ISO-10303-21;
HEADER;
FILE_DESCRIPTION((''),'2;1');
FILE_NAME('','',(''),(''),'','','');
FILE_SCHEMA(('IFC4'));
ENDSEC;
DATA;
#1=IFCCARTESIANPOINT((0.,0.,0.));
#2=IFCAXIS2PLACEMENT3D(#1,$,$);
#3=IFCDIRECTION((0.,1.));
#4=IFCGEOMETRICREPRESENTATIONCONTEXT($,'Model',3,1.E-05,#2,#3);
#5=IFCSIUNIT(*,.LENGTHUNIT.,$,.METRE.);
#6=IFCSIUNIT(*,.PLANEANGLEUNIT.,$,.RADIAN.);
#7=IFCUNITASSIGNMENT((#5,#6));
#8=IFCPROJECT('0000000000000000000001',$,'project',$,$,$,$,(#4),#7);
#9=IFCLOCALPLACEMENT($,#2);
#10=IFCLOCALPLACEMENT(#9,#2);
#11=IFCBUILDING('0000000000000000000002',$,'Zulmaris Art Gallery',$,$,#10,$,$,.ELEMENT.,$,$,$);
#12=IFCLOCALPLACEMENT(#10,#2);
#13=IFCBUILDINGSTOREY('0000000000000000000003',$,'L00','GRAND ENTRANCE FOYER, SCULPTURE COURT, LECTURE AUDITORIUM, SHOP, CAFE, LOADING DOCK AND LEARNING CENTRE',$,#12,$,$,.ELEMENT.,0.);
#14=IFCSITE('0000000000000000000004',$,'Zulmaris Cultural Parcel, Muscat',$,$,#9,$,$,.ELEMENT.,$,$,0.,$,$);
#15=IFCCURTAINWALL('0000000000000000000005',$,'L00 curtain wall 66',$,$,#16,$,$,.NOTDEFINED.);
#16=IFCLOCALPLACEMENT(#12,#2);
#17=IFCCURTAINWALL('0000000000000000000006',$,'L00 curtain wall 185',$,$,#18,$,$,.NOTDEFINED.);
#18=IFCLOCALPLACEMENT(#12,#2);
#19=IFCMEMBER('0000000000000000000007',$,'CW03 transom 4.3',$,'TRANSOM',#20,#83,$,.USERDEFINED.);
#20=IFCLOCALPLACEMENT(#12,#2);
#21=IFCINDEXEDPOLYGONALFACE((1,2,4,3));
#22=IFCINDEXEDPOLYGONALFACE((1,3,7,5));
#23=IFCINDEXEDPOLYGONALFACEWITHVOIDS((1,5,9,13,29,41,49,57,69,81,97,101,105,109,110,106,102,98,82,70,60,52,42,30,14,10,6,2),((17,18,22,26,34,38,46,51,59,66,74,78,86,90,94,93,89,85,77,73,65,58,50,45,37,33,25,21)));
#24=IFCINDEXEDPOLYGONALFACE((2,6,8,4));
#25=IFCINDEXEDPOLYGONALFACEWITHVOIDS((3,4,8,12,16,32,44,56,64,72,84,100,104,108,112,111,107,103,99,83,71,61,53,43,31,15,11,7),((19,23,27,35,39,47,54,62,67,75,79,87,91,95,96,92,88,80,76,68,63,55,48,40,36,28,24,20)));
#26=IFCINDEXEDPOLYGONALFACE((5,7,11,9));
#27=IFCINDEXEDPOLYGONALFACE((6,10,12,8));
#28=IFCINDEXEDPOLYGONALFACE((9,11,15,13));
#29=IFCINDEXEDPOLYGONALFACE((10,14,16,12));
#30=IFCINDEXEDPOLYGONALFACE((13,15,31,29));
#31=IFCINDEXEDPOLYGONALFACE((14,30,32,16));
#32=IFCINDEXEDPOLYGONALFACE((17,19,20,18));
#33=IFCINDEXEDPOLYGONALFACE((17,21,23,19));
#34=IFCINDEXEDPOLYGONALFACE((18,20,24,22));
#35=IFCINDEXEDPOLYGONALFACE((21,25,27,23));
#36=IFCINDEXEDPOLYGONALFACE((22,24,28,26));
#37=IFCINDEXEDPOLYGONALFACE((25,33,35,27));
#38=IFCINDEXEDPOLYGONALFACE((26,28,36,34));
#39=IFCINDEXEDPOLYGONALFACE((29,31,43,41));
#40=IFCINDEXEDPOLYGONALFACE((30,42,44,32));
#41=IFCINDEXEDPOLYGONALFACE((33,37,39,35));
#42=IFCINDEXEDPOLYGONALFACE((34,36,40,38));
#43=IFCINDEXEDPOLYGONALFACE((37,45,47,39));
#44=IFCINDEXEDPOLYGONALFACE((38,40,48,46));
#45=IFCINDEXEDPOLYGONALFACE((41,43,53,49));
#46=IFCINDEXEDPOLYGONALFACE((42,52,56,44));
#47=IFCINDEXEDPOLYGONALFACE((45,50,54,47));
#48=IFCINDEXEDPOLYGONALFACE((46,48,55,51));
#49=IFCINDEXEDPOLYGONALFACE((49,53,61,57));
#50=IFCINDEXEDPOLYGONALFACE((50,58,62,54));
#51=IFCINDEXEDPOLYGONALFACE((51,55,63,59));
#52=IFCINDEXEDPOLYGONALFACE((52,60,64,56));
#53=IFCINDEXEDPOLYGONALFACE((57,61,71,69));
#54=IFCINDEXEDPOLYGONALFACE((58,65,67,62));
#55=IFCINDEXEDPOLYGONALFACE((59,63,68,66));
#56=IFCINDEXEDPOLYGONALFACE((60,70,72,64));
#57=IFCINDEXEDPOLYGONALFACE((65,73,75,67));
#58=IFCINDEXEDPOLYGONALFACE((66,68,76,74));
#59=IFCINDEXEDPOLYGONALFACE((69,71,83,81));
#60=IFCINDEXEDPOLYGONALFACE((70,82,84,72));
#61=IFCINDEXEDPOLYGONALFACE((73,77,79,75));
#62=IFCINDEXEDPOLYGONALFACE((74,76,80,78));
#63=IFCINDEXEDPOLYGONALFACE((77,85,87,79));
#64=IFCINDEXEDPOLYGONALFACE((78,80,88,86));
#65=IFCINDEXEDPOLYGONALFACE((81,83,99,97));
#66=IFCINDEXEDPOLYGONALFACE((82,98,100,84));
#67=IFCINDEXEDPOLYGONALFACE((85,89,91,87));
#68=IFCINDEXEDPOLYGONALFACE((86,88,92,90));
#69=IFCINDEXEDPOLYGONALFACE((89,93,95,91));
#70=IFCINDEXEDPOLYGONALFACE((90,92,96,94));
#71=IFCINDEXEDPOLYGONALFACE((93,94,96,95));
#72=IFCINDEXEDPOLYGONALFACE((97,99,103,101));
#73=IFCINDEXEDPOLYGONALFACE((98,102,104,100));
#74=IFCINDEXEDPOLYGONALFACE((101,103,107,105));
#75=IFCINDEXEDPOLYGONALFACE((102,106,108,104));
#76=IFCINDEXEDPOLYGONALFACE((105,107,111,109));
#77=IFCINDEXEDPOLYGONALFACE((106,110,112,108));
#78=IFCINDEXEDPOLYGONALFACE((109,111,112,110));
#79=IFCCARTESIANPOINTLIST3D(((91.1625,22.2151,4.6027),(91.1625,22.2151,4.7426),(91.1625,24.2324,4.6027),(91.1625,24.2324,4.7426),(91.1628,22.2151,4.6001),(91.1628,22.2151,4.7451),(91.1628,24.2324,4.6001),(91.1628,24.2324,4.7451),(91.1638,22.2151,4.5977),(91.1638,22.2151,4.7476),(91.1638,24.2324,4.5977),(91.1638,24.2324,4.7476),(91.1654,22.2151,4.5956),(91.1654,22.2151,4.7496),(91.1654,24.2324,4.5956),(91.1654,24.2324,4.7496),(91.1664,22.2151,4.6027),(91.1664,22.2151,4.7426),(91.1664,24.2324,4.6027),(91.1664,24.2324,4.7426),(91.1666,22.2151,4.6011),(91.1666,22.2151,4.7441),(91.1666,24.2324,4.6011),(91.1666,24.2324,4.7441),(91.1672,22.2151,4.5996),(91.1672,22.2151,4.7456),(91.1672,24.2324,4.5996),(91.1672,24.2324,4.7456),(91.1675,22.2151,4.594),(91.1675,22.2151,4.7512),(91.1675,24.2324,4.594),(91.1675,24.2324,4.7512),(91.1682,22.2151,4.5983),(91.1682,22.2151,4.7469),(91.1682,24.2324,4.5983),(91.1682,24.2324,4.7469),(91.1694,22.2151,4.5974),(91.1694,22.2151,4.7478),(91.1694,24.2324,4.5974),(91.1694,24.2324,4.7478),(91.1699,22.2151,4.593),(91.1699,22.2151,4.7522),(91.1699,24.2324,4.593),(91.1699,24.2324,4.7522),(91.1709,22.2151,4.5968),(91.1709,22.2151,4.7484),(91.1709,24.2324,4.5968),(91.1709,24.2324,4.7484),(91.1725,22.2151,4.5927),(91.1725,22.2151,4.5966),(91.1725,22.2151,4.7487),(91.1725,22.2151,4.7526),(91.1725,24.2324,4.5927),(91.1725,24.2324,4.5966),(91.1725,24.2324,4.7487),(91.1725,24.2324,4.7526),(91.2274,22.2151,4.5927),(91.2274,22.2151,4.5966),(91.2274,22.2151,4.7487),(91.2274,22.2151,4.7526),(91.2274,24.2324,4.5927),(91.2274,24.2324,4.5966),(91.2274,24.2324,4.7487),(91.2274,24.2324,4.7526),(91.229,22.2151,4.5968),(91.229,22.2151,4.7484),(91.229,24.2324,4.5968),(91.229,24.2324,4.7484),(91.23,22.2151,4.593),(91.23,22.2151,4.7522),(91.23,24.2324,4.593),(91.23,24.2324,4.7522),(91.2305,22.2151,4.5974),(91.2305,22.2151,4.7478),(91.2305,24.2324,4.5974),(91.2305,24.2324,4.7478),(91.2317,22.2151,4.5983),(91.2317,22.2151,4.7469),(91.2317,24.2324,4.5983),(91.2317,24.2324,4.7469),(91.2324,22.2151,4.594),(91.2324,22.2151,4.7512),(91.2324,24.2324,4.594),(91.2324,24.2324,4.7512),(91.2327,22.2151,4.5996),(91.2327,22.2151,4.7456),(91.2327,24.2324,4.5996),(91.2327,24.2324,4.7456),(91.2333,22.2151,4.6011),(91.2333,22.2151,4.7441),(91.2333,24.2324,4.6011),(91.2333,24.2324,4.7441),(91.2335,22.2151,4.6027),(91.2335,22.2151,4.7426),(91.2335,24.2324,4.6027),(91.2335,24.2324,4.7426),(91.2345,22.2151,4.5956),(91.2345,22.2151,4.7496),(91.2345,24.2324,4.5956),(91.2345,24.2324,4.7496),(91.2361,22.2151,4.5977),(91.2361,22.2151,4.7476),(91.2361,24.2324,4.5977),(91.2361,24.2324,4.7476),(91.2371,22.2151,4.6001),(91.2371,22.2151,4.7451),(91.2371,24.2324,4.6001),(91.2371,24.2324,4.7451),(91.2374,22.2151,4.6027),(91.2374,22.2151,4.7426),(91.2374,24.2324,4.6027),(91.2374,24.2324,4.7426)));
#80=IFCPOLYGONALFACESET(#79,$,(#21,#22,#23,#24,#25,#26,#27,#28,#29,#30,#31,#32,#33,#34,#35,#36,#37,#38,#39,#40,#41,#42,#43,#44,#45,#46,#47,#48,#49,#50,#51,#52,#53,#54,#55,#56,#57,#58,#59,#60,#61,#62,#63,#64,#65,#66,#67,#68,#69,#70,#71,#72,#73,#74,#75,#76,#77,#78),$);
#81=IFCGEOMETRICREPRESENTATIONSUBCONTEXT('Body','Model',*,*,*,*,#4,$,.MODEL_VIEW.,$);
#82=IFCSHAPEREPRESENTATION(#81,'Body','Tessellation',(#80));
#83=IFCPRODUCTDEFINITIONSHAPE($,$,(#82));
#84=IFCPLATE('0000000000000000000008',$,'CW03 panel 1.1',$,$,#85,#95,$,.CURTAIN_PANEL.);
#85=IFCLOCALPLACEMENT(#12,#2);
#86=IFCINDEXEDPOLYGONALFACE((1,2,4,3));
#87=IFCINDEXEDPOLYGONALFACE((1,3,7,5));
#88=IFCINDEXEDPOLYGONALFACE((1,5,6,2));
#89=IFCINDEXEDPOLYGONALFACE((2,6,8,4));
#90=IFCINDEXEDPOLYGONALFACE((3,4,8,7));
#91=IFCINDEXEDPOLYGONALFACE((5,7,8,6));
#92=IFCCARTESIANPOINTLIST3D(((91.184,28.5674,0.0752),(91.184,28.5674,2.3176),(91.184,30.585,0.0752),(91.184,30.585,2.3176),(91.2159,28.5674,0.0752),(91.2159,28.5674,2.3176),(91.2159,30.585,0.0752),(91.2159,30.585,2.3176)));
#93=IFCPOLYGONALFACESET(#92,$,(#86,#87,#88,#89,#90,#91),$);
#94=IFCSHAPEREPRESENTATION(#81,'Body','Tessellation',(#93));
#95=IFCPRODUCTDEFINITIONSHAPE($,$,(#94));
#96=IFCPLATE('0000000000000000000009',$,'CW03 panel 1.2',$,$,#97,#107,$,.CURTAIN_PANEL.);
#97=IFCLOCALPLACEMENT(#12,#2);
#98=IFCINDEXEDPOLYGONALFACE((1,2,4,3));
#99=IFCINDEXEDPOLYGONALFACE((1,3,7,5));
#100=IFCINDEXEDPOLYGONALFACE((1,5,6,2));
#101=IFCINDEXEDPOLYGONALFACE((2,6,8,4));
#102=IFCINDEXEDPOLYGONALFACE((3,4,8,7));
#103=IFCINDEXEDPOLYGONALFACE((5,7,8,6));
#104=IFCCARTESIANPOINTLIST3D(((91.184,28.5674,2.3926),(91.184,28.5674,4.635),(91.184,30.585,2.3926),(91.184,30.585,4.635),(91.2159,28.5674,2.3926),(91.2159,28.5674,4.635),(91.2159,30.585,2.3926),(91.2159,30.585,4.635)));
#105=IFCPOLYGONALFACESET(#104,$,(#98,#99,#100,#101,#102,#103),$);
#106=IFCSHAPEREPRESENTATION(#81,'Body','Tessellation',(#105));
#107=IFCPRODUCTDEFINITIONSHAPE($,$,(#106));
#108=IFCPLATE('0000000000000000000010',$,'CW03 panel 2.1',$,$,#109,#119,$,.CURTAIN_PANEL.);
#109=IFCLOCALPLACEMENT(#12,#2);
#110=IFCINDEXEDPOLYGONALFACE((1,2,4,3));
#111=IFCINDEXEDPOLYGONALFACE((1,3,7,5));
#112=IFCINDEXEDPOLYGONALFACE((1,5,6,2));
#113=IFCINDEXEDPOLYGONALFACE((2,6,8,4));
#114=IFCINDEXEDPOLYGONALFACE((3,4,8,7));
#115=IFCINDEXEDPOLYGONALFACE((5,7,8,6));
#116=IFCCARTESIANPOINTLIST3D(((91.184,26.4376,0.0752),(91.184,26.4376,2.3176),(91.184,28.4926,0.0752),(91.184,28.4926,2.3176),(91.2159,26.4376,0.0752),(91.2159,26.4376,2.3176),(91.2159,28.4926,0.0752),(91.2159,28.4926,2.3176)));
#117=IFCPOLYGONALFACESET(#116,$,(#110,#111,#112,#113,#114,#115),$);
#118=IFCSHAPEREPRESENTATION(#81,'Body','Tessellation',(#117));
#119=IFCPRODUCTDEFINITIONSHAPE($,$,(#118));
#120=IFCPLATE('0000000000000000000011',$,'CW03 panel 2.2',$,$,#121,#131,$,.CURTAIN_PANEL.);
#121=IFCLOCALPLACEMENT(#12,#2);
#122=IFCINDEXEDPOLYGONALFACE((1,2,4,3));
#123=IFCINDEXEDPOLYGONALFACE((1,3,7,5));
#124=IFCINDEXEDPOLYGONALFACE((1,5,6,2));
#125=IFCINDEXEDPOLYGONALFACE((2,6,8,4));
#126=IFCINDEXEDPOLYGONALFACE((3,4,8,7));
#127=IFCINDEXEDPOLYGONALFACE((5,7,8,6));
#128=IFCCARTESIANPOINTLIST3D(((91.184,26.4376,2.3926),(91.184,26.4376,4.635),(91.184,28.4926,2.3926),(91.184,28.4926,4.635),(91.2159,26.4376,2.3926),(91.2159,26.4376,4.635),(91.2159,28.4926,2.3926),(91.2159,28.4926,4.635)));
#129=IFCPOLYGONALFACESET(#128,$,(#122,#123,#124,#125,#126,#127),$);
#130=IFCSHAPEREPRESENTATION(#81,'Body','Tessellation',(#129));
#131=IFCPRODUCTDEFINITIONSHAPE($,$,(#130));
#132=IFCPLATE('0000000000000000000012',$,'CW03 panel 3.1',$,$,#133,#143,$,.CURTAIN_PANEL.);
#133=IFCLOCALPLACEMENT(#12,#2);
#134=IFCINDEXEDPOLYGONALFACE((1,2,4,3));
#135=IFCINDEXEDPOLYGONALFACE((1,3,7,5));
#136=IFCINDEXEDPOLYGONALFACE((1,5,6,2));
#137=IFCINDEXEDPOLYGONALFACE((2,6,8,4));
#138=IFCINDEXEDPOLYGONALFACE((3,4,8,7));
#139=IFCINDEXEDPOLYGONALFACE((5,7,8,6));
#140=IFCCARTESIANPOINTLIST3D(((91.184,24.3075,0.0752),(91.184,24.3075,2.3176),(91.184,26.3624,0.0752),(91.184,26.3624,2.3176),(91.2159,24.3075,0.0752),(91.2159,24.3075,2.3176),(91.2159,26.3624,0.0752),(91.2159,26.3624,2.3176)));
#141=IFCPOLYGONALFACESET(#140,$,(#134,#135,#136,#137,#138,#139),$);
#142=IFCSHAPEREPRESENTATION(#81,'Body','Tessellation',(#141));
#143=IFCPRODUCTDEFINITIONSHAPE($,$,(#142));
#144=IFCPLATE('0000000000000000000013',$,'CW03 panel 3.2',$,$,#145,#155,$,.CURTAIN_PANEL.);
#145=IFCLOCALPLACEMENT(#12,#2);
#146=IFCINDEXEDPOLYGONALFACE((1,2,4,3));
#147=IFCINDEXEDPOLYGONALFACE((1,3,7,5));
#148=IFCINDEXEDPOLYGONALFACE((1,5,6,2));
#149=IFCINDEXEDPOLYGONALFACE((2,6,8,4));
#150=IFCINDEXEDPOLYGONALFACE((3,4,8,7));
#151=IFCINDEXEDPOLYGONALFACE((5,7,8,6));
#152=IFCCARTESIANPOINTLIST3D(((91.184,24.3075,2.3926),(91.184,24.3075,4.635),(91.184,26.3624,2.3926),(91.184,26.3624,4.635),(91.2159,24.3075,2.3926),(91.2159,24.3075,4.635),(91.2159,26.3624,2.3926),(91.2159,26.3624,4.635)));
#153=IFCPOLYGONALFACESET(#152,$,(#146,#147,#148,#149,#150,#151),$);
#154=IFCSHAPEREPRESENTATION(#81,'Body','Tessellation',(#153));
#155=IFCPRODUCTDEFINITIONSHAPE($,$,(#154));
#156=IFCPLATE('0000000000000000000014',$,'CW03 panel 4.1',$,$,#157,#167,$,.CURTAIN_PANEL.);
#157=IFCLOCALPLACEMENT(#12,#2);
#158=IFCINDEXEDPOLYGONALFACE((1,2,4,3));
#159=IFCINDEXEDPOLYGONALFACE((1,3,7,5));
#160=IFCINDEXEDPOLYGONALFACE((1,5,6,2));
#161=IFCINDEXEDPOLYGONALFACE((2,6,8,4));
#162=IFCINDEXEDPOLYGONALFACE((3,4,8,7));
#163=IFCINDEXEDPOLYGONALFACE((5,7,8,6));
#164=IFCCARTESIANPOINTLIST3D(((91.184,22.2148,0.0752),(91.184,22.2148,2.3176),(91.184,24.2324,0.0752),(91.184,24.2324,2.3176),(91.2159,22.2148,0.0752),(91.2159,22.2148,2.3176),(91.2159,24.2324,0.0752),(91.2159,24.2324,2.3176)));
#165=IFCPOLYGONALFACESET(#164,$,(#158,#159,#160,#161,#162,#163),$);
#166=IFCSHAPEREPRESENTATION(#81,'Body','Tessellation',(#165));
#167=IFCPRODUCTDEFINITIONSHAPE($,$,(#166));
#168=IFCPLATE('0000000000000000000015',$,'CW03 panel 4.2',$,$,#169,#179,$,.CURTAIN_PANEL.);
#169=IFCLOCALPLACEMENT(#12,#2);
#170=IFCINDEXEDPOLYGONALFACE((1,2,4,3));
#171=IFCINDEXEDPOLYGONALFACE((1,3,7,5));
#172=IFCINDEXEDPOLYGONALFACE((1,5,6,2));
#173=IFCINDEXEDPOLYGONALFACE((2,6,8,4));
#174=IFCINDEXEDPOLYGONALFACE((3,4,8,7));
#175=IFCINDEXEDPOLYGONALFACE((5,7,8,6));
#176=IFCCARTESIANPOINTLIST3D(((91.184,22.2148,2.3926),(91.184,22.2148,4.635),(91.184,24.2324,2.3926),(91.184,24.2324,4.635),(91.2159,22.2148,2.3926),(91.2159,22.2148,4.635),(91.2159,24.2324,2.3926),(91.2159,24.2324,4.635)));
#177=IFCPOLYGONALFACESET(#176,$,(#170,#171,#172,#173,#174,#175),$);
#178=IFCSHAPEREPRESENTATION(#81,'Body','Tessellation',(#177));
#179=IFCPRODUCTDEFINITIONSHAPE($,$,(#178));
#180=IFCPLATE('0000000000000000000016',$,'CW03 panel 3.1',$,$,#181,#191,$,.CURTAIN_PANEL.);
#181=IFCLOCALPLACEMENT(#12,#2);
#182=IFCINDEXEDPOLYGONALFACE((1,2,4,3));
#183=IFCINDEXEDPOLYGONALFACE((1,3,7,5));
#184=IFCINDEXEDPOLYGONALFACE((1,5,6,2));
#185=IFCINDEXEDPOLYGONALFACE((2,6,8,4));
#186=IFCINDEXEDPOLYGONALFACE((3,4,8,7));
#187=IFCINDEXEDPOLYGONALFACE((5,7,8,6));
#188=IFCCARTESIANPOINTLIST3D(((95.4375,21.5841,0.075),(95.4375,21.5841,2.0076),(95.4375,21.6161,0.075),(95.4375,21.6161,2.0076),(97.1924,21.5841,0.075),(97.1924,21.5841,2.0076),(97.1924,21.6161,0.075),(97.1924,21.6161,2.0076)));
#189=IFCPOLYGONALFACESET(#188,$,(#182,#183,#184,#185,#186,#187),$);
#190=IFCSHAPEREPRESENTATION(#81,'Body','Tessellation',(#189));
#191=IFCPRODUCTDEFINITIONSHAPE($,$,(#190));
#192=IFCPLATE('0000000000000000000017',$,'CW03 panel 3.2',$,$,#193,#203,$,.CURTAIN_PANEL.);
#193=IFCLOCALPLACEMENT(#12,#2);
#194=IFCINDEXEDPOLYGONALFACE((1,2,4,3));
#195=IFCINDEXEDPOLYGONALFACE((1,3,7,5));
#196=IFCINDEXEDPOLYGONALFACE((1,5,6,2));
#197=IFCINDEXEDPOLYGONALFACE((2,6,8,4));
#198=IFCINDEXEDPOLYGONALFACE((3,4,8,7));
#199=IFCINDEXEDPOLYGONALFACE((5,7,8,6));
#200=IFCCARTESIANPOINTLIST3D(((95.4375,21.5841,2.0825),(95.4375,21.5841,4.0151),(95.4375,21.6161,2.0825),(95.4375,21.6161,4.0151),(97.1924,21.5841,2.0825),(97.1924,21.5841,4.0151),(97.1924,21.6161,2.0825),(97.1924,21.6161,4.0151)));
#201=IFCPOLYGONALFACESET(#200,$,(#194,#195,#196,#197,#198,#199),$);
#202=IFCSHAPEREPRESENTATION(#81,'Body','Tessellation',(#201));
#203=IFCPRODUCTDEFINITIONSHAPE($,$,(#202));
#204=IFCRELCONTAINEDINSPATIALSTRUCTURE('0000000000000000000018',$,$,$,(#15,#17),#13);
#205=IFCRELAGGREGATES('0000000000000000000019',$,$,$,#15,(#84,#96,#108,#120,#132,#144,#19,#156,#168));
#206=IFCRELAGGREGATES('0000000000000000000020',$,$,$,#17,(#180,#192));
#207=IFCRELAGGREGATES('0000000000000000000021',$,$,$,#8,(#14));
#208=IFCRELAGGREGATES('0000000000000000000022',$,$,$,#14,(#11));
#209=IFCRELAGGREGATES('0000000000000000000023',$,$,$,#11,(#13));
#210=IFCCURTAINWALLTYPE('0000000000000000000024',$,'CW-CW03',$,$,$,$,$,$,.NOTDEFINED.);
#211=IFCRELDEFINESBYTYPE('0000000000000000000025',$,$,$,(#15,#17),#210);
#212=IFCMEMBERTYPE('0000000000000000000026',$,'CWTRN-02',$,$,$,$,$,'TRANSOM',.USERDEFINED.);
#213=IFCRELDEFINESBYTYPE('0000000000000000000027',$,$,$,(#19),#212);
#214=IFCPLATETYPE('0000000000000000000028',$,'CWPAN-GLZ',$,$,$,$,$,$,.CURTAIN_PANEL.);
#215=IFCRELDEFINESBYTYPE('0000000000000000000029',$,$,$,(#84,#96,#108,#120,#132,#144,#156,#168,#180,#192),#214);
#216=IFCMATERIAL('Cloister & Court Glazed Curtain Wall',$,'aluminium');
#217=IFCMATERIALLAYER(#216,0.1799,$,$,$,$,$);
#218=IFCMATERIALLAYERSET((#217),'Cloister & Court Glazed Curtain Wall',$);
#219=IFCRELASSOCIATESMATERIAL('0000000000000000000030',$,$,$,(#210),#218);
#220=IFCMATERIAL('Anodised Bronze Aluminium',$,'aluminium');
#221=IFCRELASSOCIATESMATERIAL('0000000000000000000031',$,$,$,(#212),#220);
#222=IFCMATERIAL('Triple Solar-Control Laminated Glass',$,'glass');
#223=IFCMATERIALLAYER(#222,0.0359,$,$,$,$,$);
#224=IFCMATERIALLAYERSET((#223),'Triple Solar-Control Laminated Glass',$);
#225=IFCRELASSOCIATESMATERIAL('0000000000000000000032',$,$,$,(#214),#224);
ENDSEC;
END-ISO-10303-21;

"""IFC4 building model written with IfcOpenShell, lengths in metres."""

from ifc_helpers import new_model, si_unit, direction, frame, origin, origin_2d, place, context, subcontext, project, spatial, rectangle, hollow_rectangle, extrude, material, layer, layer_set, material_profile, profile_set, type_object, element, aggregate, save


model = new_model("IFC4")

# Units and contexts
model_context = context("Model", 3, precision=1e-05, world=origin(), true_north=direction((0.0, 1.0)))
body_context = subcontext(model_context, "Body", "Model", "MODEL_VIEW")
ifc_project = project(units=[si_unit("LENGTHUNIT", "METRE"), si_unit("PLANEANGLEUNIT", "RADIAN")], contexts=[model_context])

# Site, building, storey
site_placement = place(None, origin())
site = spatial("IfcSite", under=ifc_project, at=site_placement, Name="Zulmaris Cultural Parcel, Muscat", CompositionType="ELEMENT", RefElevation=0.0)
building_placement = place(site_placement, origin())
building = spatial("IfcBuilding", under=site, at=building_placement, Name="Zulmaris Art Gallery", CompositionType="ELEMENT")
storey_placement = place(building_placement, origin())
storey = spatial("IfcBuildingStorey", under=building, at=storey_placement, Name="L00", Description="GRAND ENTRANCE FOYER, SCULPTURE COURT, LECTURE AUDITORIUM, SHOP, CAFE, LOADING DOCK AND LEARNING CENTRE", CompositionType="ELEMENT", Elevation=0.0)

# Curtain walls
ifc_material_1 = material(Name="Cloister & Court Glazed Curtain Wall", Category="aluminium")
ifc_layer_1 = layer(ifc_material_1, 0.1799)
ifc_layer_set_1 = layer_set([ifc_layer_1], Name="Cloister & Court Glazed Curtain Wall")
curtain_wall_type = type_object("IfcCurtainWallType", Name="CW-CW03", PredefinedType="NOTDEFINED", material=ifc_layer_set_1)
curtain_wall_1_placement = place(storey_placement, origin())
curtain_wall_1 = element("IfcCurtainWall", 1, at=curtain_wall_1_placement, inside=storey, type_object=curtain_wall_type, Name="L00 curtain wall 66", PredefinedType="NOTDEFINED")
ifc_material_2 = material(Name="Anodised Bronze Aluminium", Category="aluminium")
curtain_wall_2_placement = place(storey_placement, origin())
curtain_wall_2 = element("IfcCurtainWall", 2, at=curtain_wall_2_placement, inside=storey, type_object=curtain_wall_type, Name="L00 curtain wall 185", PredefinedType="NOTDEFINED")

# Member
ifc_material_profile_1 = material_profile(ifc_material_2, hollow_rectangle(XDim=0.075, YDim=0.1599, WallThickness=0.0039, InnerFilletRadius=0.0061, OuterFilletRadius=0.01, at=origin_2d()), Name="ALU 75x160x4")
ifc_profile_set_1 = profile_set([ifc_material_profile_1], Name="Anodised Bronze Aluminium")
member_type_1 = type_object("IfcMemberType", Name="CWTRN-02", ElementType="TRANSOM", PredefinedType="USERDEFINED", material=ifc_profile_set_1)
member_1_placement = place(storey_placement, frame((91.2, 24.2324, 4.6726), z_axis=(0.0, -1.0, 0.0), x_axis=(1.0, 0.0, 0.0)))
member_1 = element("IfcMember", 3, at=member_1_placement, type_object=member_type_1, Name="CW03 transom 4.3", ObjectType="TRANSOM", PredefinedType="USERDEFINED", context=body_context, shape_type="SweptSolid", body=[
    extrude(hollow_rectangle(XDim=0.075, YDim=0.1599, WallThickness=0.0039, InnerFilletRadius=0.0061, OuterFilletRadius=0.01, at=origin_2d()), origin(), (0.0, 0.0, 1.0), 2.0173),
])

# Plates
ifc_material_3 = material(Name="Triple Solar-Control Laminated Glass", Category="glass")
ifc_layer_2 = layer(ifc_material_3, 0.0359)
ifc_layer_set_2 = layer_set([ifc_layer_2], Name="Triple Solar-Control Laminated Glass")
plate_type = type_object("IfcPlateType", Name="CWPAN-GLZ", PredefinedType="CURTAIN_PANEL", material=ifc_layer_set_2)
plate_1_placement = place(storey_placement, frame((91.2, 29.5762, 0.0752), z_axis=(0.0, 0.0, 1.0), x_axis=(0.0, -1.0, 0.0)))
plate_1 = element("IfcPlate", 4, at=plate_1_placement, type_object=plate_type, Name="CW03 panel 1.1", PredefinedType="CURTAIN_PANEL", context=body_context, shape_type="SweptSolid", body=[
    extrude(rectangle(XDim=2.0176, YDim=0.032, at=origin_2d()), origin(), (0.0, 0.0, 1.0), 2.2424),
])
plate_2_placement = place(storey_placement, frame((91.2, 29.5762, 2.3926), z_axis=(0.0, 0.0, 1.0), x_axis=(0.0, -1.0, 0.0)))
plate_2 = element("IfcPlate", 5, at=plate_2_placement, type_object=plate_type, Name="CW03 panel 1.2", PredefinedType="CURTAIN_PANEL", context=body_context, shape_type="SweptSolid", body=[
    extrude(rectangle(XDim=2.0176, YDim=0.032, at=origin_2d()), origin(), (0.0, 0.0, 1.0), 2.2424),
])
plate_3_placement = place(storey_placement, frame((91.2, 27.4651, 0.0752), z_axis=(0.0, 0.0, 1.0), x_axis=(0.0, -1.0, 0.0)))
plate_3 = element("IfcPlate", 6, at=plate_3_placement, type_object=plate_type, Name="CW03 panel 2.1", PredefinedType="CURTAIN_PANEL", context=body_context, shape_type="SweptSolid", body=[
    extrude(rectangle(XDim=2.0549, YDim=0.032, at=origin_2d()), origin(), (0.0, 0.0, 1.0), 2.2424),
])
plate_4_placement = place(storey_placement, frame((91.2, 27.4651, 2.3926), z_axis=(0.0, 0.0, 1.0), x_axis=(0.0, -1.0, 0.0)))
plate_4 = element("IfcPlate", 7, at=plate_4_placement, type_object=plate_type, Name="CW03 panel 2.2", PredefinedType="CURTAIN_PANEL", context=body_context, shape_type="SweptSolid", body=[
    extrude(rectangle(XDim=2.0549, YDim=0.032, at=origin_2d()), origin(), (0.0, 0.0, 1.0), 2.2424),
])
plate_5_placement = place(storey_placement, frame((91.2, 25.335, 0.0752), z_axis=(0.0, 0.0, 1.0), x_axis=(0.0, -1.0, 0.0)))
plate_5 = element("IfcPlate", 8, at=plate_5_placement, type_object=plate_type, Name="CW03 panel 3.1", PredefinedType="CURTAIN_PANEL", context=body_context, shape_type="SweptSolid", body=[
    extrude(rectangle(XDim=2.0549, YDim=0.032, at=origin_2d()), origin(), (0.0, 0.0, 1.0), 2.2424),
])
plate_6_placement = place(storey_placement, frame((91.2, 25.335, 2.3926), z_axis=(0.0, 0.0, 1.0), x_axis=(0.0, -1.0, 0.0)))
plate_6 = element("IfcPlate", 9, at=plate_6_placement, type_object=plate_type, Name="CW03 panel 3.2", PredefinedType="CURTAIN_PANEL", context=body_context, shape_type="SweptSolid", body=[
    extrude(rectangle(XDim=2.0549, YDim=0.032, at=origin_2d()), origin(), (0.0, 0.0, 1.0), 2.2424),
])
plate_7_placement = place(storey_placement, frame((91.2, 23.2236, 0.0752), z_axis=(0.0, 0.0, 1.0), x_axis=(0.0, -1.0, 0.0)))
plate_7 = element("IfcPlate", 10, at=plate_7_placement, type_object=plate_type, Name="CW03 panel 4.1", PredefinedType="CURTAIN_PANEL", context=body_context, shape_type="SweptSolid", body=[
    extrude(rectangle(XDim=2.0176, YDim=0.032, at=origin_2d()), origin(), (0.0, 0.0, 1.0), 2.2424),
])
plate_8_placement = place(storey_placement, frame((91.2, 23.2236, 2.3926), z_axis=(0.0, 0.0, 1.0), x_axis=(0.0, -1.0, 0.0)))
plate_8 = element("IfcPlate", 11, at=plate_8_placement, type_object=plate_type, Name="CW03 panel 4.2", PredefinedType="CURTAIN_PANEL", context=body_context, shape_type="SweptSolid", body=[
    extrude(rectangle(XDim=2.0176, YDim=0.032, at=origin_2d()), origin(), (0.0, 0.0, 1.0), 2.2424),
])
aggregate(curtain_wall_1, [plate_1, plate_2, plate_3, plate_4, plate_5, plate_6, member_1, plate_7, plate_8])
plate_9_placement = place(storey_placement, frame((96.3149, 21.6001, 0.075), z_axis=(0.0, 0.0, 1.0), x_axis=(1.0, 0.0, 0.0)))
plate_9 = element("IfcPlate", 12, at=plate_9_placement, type_object=plate_type, Name="CW03 panel 3.1", PredefinedType="CURTAIN_PANEL", context=body_context, shape_type="SweptSolid", body=[
    extrude(rectangle(XDim=1.7549, YDim=0.032, at=origin_2d()), origin(), (0.0, 0.0, 1.0), 1.9326),
])
plate_10_placement = place(storey_placement, frame((96.3149, 21.6001, 2.0825), z_axis=(0.0, 0.0, 1.0), x_axis=(1.0, 0.0, 0.0)))
plate_10 = element("IfcPlate", 13, at=plate_10_placement, type_object=plate_type, Name="CW03 panel 3.2", PredefinedType="CURTAIN_PANEL", context=body_context, shape_type="SweptSolid", body=[
    extrude(rectangle(XDim=1.7549, YDim=0.032, at=origin_2d()), origin(), (0.0, 0.0, 1.0), 1.9326),
])
aggregate(curtain_wall_2, [plate_9, plate_10])

save(model, "model.ifc")
